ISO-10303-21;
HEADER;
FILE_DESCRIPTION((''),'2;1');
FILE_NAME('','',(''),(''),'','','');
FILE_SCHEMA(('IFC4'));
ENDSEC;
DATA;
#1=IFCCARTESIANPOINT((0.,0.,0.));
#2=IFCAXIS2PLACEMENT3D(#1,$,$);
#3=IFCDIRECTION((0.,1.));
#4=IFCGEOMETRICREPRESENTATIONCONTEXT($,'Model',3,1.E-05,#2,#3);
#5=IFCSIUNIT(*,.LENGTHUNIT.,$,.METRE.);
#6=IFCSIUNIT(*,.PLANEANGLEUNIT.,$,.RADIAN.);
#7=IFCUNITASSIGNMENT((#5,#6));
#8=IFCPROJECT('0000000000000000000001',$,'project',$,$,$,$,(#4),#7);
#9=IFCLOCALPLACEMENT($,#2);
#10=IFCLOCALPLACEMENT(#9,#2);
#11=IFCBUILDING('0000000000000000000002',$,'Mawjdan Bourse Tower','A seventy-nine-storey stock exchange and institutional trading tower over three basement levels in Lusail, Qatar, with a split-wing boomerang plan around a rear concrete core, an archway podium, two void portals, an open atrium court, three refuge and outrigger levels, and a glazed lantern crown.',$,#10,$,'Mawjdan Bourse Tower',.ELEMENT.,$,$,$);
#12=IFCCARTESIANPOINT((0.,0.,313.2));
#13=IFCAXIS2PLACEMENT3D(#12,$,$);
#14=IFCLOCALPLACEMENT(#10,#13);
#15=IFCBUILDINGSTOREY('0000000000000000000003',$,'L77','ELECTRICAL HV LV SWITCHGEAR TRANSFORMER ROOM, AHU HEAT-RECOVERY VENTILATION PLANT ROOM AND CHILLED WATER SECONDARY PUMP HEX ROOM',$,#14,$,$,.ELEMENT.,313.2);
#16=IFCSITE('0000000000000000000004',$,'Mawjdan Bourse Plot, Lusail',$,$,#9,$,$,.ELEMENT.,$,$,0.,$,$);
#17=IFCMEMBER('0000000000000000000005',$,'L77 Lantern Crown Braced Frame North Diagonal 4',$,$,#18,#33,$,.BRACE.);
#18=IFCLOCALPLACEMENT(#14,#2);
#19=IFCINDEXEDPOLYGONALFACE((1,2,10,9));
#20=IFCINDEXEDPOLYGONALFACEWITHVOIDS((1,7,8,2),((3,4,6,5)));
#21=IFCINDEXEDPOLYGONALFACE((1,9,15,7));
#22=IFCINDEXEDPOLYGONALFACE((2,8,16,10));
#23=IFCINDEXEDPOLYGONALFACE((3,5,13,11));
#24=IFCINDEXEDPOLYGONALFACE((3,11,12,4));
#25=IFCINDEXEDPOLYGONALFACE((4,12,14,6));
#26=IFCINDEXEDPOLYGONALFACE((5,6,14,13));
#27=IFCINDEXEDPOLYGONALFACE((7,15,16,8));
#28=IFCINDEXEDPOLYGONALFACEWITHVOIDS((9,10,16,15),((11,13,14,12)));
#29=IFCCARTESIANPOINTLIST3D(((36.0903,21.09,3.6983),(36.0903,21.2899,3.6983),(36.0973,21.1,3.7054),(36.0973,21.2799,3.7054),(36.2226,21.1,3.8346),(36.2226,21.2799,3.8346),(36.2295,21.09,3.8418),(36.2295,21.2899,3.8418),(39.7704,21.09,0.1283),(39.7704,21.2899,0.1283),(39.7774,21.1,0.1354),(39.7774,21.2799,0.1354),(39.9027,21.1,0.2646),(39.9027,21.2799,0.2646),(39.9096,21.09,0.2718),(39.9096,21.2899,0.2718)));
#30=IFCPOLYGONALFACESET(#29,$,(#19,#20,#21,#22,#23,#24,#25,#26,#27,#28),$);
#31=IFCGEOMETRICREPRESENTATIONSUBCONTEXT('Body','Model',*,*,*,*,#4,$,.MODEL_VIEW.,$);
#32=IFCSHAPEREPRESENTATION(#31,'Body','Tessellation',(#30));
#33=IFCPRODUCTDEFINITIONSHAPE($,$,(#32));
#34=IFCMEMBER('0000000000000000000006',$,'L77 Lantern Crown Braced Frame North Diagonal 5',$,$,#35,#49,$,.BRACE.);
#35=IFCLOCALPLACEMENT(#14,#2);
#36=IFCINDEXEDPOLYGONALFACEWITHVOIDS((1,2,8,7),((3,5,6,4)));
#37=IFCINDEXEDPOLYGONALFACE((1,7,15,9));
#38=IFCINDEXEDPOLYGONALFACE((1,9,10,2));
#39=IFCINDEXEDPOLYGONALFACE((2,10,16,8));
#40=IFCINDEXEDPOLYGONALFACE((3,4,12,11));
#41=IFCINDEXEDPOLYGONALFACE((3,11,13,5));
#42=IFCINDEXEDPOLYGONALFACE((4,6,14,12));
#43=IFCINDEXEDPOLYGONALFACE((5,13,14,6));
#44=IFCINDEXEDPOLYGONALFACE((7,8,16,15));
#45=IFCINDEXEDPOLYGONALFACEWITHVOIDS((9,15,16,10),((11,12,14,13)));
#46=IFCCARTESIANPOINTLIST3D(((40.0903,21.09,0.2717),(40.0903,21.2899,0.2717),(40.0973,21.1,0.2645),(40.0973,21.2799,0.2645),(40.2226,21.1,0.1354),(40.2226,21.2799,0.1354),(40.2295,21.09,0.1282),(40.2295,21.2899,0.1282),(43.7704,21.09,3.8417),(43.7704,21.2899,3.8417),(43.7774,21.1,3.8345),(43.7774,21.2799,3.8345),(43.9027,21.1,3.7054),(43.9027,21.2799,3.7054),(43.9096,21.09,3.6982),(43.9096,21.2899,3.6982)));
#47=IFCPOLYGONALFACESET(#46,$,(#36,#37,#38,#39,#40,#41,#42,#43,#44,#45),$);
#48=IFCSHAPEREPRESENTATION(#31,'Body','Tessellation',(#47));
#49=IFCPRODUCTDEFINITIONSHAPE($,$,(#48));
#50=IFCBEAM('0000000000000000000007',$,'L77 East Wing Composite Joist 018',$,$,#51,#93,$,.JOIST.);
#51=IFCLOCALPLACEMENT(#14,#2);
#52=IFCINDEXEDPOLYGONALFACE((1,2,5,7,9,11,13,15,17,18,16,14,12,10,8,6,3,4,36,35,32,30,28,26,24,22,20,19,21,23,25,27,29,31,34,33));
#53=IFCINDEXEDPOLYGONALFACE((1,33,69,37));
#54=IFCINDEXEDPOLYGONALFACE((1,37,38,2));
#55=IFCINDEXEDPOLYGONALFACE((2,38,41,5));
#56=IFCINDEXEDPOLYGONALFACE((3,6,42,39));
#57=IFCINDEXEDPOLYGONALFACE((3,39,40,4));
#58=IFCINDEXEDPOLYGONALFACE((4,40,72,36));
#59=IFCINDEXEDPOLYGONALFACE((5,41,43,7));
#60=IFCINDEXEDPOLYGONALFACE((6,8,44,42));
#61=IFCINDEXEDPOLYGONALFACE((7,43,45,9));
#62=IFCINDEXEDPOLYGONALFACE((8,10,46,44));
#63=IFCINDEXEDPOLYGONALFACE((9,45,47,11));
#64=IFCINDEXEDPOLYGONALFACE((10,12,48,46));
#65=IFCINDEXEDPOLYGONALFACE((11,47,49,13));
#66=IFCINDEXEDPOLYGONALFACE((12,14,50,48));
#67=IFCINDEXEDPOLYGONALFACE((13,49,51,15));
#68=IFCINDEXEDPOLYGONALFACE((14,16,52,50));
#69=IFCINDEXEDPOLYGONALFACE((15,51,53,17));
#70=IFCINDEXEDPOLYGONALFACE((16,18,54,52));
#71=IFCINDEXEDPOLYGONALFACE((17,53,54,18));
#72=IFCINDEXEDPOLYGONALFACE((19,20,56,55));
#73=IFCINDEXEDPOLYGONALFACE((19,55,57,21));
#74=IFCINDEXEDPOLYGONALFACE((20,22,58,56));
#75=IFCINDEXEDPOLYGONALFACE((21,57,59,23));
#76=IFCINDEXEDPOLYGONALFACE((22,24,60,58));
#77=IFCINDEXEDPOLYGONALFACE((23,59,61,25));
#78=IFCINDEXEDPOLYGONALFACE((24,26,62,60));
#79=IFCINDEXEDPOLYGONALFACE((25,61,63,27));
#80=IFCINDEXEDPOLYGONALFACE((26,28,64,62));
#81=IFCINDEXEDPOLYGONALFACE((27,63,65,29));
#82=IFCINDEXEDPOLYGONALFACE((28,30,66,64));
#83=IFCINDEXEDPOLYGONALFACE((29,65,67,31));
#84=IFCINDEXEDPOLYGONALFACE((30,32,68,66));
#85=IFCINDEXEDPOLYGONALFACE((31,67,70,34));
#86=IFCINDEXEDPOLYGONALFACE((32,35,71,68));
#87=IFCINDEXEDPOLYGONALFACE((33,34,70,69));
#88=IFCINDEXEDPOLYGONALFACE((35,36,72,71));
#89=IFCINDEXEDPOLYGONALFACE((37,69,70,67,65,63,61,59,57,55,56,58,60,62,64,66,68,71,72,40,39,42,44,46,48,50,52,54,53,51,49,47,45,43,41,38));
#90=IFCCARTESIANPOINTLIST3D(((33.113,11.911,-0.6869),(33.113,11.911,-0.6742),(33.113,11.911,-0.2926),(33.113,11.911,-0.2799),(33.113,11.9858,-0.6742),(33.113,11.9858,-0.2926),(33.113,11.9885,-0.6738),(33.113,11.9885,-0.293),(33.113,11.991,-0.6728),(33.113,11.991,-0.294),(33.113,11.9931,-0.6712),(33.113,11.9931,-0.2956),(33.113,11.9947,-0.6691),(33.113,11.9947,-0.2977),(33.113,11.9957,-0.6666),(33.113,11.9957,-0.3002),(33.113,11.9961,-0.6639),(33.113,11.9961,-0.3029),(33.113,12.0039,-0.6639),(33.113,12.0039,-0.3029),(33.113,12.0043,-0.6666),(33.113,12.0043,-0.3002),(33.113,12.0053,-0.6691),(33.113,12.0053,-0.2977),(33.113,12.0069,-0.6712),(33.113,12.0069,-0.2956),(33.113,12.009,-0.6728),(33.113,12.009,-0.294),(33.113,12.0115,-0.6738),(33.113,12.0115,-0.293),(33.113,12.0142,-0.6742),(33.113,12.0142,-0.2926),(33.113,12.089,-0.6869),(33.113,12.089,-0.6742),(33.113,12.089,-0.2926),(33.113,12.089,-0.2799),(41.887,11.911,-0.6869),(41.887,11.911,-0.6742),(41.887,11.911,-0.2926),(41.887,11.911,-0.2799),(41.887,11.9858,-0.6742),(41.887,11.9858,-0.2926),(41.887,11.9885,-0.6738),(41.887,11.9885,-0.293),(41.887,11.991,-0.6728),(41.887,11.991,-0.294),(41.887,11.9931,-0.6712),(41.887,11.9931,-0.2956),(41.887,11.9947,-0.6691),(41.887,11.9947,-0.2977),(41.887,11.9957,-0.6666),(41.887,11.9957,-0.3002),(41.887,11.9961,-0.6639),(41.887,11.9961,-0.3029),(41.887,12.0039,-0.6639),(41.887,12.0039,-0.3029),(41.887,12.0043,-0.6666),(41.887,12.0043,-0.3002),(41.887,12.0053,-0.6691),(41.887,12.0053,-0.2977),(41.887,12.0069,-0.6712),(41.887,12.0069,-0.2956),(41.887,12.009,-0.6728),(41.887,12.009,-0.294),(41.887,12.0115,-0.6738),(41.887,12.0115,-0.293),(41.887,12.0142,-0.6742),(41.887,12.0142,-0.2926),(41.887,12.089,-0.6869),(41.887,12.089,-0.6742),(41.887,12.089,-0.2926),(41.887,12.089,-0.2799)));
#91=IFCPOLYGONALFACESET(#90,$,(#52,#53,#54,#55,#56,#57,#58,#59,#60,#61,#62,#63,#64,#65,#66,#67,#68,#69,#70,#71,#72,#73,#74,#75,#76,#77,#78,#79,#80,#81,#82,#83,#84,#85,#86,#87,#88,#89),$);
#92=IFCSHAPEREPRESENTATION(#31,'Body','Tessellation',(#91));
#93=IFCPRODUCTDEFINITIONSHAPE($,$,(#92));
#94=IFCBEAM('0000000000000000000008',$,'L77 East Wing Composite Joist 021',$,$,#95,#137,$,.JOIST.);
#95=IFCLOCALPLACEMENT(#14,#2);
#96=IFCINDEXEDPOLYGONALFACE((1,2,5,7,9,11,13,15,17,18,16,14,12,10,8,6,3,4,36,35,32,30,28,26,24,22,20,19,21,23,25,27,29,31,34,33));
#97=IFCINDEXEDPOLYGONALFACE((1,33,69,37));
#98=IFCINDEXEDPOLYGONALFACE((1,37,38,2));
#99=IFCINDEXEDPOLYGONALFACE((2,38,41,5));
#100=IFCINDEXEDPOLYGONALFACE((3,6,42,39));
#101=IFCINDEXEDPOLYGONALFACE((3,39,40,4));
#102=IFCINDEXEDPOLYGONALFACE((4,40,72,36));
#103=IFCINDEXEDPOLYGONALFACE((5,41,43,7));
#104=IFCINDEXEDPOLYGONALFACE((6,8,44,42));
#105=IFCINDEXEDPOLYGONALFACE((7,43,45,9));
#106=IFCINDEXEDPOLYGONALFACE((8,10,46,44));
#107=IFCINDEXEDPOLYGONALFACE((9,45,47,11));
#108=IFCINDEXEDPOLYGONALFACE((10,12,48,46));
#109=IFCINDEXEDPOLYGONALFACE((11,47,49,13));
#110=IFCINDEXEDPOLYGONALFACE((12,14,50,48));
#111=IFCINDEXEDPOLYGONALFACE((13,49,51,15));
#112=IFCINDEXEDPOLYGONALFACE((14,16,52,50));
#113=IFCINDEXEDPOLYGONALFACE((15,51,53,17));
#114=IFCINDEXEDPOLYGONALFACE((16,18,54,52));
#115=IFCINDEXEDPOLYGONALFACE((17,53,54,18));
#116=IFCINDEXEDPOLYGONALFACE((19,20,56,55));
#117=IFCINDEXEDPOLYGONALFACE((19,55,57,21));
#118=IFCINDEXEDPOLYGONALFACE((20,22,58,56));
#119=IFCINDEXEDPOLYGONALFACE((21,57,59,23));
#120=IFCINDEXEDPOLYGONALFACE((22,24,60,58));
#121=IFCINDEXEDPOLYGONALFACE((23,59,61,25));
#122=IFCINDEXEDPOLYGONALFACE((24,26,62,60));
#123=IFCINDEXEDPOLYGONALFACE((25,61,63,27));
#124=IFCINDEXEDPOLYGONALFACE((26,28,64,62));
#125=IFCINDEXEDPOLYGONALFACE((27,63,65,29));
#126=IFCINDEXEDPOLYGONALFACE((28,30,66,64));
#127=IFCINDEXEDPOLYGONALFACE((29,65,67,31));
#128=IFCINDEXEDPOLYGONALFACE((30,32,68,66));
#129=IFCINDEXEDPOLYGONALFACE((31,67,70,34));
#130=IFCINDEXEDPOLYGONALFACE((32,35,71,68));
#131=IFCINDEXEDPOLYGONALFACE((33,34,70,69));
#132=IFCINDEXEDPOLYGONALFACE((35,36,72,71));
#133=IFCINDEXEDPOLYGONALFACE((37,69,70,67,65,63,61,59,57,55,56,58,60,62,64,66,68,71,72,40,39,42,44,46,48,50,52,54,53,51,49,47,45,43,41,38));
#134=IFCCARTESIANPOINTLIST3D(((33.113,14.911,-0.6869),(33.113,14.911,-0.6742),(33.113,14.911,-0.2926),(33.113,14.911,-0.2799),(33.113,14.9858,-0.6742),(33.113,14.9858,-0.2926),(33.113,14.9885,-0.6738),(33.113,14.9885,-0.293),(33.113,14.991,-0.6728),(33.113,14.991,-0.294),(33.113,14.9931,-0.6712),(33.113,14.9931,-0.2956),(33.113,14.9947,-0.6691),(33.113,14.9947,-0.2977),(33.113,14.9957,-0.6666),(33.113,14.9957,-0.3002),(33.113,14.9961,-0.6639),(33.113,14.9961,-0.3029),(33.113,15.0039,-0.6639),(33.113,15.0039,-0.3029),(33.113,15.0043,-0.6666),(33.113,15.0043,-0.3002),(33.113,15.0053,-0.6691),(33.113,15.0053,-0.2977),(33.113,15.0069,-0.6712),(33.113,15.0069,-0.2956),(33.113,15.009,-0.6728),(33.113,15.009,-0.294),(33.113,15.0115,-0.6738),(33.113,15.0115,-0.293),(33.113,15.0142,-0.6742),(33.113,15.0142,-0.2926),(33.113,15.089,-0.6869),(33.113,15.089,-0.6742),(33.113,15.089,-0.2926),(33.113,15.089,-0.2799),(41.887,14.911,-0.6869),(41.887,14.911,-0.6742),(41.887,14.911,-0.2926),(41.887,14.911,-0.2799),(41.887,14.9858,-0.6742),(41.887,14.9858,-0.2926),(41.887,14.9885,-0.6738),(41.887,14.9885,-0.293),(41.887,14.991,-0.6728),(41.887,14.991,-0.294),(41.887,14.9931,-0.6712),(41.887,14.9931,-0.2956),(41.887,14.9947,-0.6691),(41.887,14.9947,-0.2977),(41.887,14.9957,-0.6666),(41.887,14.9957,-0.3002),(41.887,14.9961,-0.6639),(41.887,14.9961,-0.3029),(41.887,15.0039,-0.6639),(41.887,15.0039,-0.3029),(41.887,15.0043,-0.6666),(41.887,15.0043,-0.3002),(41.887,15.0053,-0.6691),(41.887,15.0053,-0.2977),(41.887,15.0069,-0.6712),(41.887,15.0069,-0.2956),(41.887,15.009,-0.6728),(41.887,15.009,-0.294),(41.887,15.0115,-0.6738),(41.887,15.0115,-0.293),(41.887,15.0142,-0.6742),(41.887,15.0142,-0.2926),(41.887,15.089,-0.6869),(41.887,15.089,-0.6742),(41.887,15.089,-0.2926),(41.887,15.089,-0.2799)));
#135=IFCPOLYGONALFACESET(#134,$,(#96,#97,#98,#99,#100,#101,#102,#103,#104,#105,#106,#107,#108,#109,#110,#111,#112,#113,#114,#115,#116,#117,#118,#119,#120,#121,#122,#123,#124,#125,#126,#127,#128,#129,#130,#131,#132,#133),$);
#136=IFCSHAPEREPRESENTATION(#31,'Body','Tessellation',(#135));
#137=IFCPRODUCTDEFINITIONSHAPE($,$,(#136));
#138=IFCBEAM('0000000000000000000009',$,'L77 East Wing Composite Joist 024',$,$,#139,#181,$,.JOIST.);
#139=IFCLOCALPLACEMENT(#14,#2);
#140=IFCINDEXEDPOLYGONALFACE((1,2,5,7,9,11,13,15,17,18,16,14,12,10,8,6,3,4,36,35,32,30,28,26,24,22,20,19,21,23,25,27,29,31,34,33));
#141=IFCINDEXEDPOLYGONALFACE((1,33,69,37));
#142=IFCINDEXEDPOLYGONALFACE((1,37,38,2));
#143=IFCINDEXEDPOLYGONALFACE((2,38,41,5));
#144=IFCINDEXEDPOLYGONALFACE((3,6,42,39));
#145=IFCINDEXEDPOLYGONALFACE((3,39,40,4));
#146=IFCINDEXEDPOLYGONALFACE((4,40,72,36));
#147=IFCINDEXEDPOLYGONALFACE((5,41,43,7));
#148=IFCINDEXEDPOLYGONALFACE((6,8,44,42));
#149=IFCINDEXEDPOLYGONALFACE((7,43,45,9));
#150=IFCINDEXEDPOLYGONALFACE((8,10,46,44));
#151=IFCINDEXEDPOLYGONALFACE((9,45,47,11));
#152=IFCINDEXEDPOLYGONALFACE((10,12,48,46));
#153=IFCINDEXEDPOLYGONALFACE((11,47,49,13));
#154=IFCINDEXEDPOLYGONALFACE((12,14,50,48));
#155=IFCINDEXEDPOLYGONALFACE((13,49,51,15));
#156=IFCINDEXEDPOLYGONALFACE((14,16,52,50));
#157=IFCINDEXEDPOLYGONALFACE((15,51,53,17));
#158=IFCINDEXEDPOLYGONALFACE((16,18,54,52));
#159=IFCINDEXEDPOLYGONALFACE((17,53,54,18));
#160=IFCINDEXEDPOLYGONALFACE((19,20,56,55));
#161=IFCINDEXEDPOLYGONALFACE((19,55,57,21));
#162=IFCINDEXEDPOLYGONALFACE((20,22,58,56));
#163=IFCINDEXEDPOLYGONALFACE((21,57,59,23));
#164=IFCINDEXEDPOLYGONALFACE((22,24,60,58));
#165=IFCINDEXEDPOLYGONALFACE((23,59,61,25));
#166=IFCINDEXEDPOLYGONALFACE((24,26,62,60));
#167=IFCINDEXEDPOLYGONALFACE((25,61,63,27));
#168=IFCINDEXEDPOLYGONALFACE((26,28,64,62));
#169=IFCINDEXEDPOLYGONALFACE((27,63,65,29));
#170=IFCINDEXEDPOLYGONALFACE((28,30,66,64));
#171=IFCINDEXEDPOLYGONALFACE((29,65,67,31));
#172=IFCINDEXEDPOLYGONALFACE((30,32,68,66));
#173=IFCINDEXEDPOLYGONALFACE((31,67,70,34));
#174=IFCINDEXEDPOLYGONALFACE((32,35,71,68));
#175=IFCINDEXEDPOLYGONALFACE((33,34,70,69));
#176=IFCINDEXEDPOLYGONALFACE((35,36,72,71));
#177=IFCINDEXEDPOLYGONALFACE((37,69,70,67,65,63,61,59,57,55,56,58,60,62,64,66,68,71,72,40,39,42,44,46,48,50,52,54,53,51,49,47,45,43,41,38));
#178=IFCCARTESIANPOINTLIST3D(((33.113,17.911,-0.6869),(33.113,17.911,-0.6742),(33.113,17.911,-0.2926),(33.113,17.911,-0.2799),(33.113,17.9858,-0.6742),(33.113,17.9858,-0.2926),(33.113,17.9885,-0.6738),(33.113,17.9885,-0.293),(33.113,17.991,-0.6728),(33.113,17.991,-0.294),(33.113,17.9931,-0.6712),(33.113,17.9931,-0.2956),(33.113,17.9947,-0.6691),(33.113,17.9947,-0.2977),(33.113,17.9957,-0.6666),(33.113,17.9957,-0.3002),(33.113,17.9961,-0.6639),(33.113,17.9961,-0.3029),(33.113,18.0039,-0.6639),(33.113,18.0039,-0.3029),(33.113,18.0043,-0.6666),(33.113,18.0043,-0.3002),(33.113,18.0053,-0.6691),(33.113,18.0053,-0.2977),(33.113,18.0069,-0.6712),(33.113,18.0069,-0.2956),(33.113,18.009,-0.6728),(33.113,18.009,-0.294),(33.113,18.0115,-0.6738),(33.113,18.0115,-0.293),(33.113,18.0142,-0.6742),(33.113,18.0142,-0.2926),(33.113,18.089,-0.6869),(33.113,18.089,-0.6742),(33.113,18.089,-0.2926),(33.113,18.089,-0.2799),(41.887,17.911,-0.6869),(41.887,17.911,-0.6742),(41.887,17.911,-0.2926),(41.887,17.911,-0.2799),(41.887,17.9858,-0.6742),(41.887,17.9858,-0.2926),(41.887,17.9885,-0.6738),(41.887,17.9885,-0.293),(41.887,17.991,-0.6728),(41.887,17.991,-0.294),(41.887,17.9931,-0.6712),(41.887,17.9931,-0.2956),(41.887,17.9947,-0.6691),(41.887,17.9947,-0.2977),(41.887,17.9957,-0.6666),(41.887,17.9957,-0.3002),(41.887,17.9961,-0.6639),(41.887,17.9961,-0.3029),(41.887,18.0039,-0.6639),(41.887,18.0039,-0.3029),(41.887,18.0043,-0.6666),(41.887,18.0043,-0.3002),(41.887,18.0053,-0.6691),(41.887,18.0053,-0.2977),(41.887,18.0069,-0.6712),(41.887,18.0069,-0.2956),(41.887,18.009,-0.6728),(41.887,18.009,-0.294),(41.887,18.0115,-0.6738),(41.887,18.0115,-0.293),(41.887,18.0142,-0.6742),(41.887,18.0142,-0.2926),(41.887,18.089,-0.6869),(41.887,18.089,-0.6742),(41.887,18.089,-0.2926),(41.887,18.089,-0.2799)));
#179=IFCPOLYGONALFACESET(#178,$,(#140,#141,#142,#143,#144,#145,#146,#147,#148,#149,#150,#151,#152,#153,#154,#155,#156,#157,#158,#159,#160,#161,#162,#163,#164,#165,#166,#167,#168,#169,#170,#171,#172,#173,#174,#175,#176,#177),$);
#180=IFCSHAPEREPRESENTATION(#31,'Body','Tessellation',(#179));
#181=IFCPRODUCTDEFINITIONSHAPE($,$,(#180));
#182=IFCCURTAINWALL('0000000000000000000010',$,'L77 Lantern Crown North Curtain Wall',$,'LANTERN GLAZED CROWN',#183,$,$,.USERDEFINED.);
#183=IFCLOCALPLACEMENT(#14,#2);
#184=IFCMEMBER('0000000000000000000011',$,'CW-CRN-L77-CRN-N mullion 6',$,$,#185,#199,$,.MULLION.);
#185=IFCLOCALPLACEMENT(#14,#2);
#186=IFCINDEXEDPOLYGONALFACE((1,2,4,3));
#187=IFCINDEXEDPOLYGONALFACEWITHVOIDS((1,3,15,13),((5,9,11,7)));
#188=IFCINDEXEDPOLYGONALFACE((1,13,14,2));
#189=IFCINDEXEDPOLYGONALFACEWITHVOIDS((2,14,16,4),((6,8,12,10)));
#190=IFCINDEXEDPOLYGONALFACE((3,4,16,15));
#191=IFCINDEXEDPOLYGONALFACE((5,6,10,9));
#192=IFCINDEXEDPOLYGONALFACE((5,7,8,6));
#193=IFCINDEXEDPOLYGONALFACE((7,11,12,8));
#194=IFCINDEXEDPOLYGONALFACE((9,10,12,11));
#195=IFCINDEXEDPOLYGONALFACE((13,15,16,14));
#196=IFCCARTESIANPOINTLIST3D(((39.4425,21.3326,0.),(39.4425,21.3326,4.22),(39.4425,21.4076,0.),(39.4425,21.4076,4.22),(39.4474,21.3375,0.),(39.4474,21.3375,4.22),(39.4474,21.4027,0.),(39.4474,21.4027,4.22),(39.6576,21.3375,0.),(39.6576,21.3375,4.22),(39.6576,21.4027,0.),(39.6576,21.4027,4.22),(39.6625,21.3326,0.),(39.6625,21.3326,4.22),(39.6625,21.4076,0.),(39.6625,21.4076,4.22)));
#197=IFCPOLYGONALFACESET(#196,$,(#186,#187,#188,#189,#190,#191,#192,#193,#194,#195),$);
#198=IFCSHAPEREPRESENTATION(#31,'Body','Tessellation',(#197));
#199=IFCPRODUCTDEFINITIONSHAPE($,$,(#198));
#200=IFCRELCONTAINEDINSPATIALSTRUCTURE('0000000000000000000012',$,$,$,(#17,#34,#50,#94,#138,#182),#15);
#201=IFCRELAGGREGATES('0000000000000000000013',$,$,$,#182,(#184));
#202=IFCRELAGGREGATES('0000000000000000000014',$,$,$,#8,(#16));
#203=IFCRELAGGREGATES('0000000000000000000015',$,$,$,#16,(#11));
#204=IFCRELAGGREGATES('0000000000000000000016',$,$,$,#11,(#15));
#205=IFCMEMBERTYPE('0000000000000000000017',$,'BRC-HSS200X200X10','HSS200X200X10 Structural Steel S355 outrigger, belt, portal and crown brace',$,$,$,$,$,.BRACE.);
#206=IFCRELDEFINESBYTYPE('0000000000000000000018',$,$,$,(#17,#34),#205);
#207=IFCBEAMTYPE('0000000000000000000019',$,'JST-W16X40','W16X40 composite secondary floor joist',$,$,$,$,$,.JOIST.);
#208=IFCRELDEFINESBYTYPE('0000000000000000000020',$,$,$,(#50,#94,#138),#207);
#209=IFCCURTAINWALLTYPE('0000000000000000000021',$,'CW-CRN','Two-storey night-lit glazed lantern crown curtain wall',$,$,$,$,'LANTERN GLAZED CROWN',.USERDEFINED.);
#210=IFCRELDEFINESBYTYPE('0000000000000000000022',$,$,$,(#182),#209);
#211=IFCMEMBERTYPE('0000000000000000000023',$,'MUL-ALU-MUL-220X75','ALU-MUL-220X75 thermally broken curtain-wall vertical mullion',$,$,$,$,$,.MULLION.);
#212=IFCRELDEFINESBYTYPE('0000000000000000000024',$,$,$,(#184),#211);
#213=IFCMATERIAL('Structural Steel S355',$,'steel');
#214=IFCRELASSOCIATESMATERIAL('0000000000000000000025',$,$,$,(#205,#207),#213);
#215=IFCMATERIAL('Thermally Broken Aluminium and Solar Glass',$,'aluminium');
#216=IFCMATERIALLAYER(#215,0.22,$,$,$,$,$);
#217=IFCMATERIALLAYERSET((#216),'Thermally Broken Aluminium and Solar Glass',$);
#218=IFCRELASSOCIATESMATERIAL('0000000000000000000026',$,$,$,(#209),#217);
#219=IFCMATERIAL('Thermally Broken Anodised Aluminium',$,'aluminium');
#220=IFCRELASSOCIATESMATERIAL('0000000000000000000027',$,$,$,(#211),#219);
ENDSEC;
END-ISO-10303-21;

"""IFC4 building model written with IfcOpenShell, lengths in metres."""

from ifc_helpers import new_model, si_unit, direction, frame, origin, origin_2d, place, context, subcontext, project, spatial, hollow_rectangle, i_section, extrude, material, layer, layer_set, material_profile, profile_set, type_object, element, aggregate, save


model = new_model("IFC4")

# Units and contexts
model_context = context("Model", 3, precision=1e-05, world=origin(), true_north=direction((0.0, 1.0)))
body_context = subcontext(model_context, "Body", "Model", "MODEL_VIEW")
ifc_project = project(units=[si_unit("LENGTHUNIT", "METRE"), si_unit("PLANEANGLEUNIT", "RADIAN")], contexts=[model_context])

# Site, building, storey
site_placement = place(None, origin())
site = spatial("IfcSite", under=ifc_project, at=site_placement, Name="Mawjdan Bourse Plot, Lusail", CompositionType="ELEMENT", RefElevation=0.0)
building_placement = place(site_placement, origin())
building = spatial("IfcBuilding", under=site, at=building_placement, Name="Mawjdan Bourse Tower", Description="A seventy-nine-storey stock exchange and institutional trading tower over three basement levels in Lusail, Qatar, with a split-wing boomerang plan around a rear concrete core, an archway podium, two void portals, an open atrium court, three refuge and outrigger levels, and a glazed lantern crown.", LongName="Mawjdan Bourse Tower", CompositionType="ELEMENT")
storey_placement = place(building_placement, frame((0.0, 0.0, 313.2)))
storey = spatial("IfcBuildingStorey", under=building, at=storey_placement, Name="L77", Description="ELECTRICAL HV LV SWITCHGEAR TRANSFORMER ROOM, AHU HEAT-RECOVERY VENTILATION PLANT ROOM AND CHILLED WATER SECONDARY PUMP HEX ROOM", CompositionType="ELEMENT", Elevation=313.2)

# Members
ifc_material_1 = material(Name="Structural Steel S355", Category="steel")
ifc_material_profile_1 = material_profile(ifc_material_1, hollow_rectangle(XDim=0.2, YDim=0.2, WallThickness=0.01, at=origin_2d()), Name="HSS200X200X10")
ifc_profile_set_1 = profile_set([ifc_material_profile_1], Name="Structural Steel S355")
member_type_1 = type_object("IfcMemberType", Name="BRC-HSS200X200X10", Description="HSS200X200X10 Structural Steel S355 outrigger, belt, portal and crown brace", PredefinedType="BRACE", material=ifc_profile_set_1)
for number, where, z_axis, x_axis, name in (
    (1, (36.1599, 21.1899, 3.77), (0.717763, 0.0, -0.696288), (0.0, 1.0, 0.0), "L77 Lantern Crown Braced Frame North Diagonal 4"),
    (2, (40.1599, 21.1899, 0.2), (0.717763, 0.0, 0.696288), (0.0, 1.0, 0.0), "L77 Lantern Crown Braced Frame North Diagonal 5"),
):
    element("IfcMember", number, at=place(storey_placement, frame(where, z_axis=z_axis, x_axis=x_axis)), inside=storey, type_object=member_type_1, Name=name, PredefinedType="BRACE", context=body_context, shape_type="SweptSolid", body=[
        extrude(hollow_rectangle(XDim=0.2, YDim=0.2, WallThickness=0.01, at=origin_2d()), origin(), (0.0, 0.0, 1.0), 5.1272),
    ])

# Beams
ifc_material_profile_2 = material_profile(ifc_material_1, i_section(OverallWidth=0.178, OverallDepth=0.407, WebThickness=0.0078, FlangeThickness=0.0127, FilletRadius=0.0103, at=origin_2d()), Name="W16X40")
ifc_profile_set_2 = profile_set([ifc_material_profile_2], Name="Structural Steel S355")
beam_type = type_object("IfcBeamType", Name="JST-W16X40", Description="W16X40 composite secondary floor joist", PredefinedType="JOIST", material=ifc_profile_set_2)
for number, where, z_axis, x_axis, name in (
    (3, (33.113, 12.0, -0.4834), (1.0, 0.0, 0.0), (0.0, 1.0, 0.0), "L77 East Wing Composite Joist 018"),
    (4, (33.113, 15.0, -0.4834), (1.0, 0.0, 0.0), (0.0, 1.0, 0.0), "L77 East Wing Composite Joist 021"),
    (5, (33.113, 18.0, -0.4834), (1.0, 0.0, 0.0), (0.0, 1.0, 0.0), "L77 East Wing Composite Joist 024"),
):
    element("IfcBeam", number, at=place(storey_placement, frame(where, z_axis=z_axis, x_axis=x_axis)), inside=storey, type_object=beam_type, Name=name, PredefinedType="JOIST", context=body_context, shape_type="SweptSolid", body=[
        extrude(i_section(OverallWidth=0.178, OverallDepth=0.407, WebThickness=0.0078, FlangeThickness=0.0127, FilletRadius=0.0103, at=origin_2d()), origin(), (0.0, 0.0, 1.0), 8.7739),
    ])

# Curtain wall, member
ifc_material_2 = material(Name="Thermally Broken Aluminium and Solar Glass", Category="aluminium")
ifc_layer_1 = layer(ifc_material_2, 0.22)
ifc_layer_set_1 = layer_set([ifc_layer_1], Name="Thermally Broken Aluminium and Solar Glass")
curtain_wall_type = type_object("IfcCurtainWallType", Name="CW-CRN", Description="Two-storey night-lit glazed lantern crown curtain wall", ElementType="LANTERN GLAZED CROWN", PredefinedType="USERDEFINED", material=ifc_layer_set_1)
curtain_wall_placement = place(storey_placement, origin())
curtain_wall = element("IfcCurtainWall", 6, at=curtain_wall_placement, inside=storey, type_object=curtain_wall_type, Name="L77 Lantern Crown North Curtain Wall", ObjectType="LANTERN GLAZED CROWN", PredefinedType="USERDEFINED")
ifc_material_3 = material(Name="Thermally Broken Anodised Aluminium", Category="aluminium")
ifc_material_profile_3 = material_profile(ifc_material_3, hollow_rectangle(XDim=0.075, YDim=0.22, WallThickness=0.0049, at=origin_2d()), Name="ALU-MUL-220X75")
ifc_profile_set_3 = profile_set([ifc_material_profile_3], Name="Thermally Broken Anodised Aluminium")
member_type_2 = type_object("IfcMemberType", Name="MUL-ALU-MUL-220X75", Description="ALU-MUL-220X75 thermally broken curtain-wall vertical mullion", PredefinedType="MULLION", material=ifc_profile_set_3)
member_1_placement = place(storey_placement, frame((39.5525, 21.3701, 0.0), z_axis=(0.0, 0.0, 1.0), x_axis=(0.0, -1.0, 0.0)))
member_1 = element("IfcMember", 7, at=member_1_placement, type_object=member_type_2, Name="CW-CRN-L77-CRN-N mullion 6", PredefinedType="MULLION", context=body_context, shape_type="SweptSolid", body=[
    extrude(hollow_rectangle(XDim=0.075, YDim=0.22, WallThickness=0.0049, at=origin_2d()), origin(), (0.0, 0.0, 1.0), 4.22),
])
aggregate(curtain_wall, [member_1])

save(model, "model.ifc")
